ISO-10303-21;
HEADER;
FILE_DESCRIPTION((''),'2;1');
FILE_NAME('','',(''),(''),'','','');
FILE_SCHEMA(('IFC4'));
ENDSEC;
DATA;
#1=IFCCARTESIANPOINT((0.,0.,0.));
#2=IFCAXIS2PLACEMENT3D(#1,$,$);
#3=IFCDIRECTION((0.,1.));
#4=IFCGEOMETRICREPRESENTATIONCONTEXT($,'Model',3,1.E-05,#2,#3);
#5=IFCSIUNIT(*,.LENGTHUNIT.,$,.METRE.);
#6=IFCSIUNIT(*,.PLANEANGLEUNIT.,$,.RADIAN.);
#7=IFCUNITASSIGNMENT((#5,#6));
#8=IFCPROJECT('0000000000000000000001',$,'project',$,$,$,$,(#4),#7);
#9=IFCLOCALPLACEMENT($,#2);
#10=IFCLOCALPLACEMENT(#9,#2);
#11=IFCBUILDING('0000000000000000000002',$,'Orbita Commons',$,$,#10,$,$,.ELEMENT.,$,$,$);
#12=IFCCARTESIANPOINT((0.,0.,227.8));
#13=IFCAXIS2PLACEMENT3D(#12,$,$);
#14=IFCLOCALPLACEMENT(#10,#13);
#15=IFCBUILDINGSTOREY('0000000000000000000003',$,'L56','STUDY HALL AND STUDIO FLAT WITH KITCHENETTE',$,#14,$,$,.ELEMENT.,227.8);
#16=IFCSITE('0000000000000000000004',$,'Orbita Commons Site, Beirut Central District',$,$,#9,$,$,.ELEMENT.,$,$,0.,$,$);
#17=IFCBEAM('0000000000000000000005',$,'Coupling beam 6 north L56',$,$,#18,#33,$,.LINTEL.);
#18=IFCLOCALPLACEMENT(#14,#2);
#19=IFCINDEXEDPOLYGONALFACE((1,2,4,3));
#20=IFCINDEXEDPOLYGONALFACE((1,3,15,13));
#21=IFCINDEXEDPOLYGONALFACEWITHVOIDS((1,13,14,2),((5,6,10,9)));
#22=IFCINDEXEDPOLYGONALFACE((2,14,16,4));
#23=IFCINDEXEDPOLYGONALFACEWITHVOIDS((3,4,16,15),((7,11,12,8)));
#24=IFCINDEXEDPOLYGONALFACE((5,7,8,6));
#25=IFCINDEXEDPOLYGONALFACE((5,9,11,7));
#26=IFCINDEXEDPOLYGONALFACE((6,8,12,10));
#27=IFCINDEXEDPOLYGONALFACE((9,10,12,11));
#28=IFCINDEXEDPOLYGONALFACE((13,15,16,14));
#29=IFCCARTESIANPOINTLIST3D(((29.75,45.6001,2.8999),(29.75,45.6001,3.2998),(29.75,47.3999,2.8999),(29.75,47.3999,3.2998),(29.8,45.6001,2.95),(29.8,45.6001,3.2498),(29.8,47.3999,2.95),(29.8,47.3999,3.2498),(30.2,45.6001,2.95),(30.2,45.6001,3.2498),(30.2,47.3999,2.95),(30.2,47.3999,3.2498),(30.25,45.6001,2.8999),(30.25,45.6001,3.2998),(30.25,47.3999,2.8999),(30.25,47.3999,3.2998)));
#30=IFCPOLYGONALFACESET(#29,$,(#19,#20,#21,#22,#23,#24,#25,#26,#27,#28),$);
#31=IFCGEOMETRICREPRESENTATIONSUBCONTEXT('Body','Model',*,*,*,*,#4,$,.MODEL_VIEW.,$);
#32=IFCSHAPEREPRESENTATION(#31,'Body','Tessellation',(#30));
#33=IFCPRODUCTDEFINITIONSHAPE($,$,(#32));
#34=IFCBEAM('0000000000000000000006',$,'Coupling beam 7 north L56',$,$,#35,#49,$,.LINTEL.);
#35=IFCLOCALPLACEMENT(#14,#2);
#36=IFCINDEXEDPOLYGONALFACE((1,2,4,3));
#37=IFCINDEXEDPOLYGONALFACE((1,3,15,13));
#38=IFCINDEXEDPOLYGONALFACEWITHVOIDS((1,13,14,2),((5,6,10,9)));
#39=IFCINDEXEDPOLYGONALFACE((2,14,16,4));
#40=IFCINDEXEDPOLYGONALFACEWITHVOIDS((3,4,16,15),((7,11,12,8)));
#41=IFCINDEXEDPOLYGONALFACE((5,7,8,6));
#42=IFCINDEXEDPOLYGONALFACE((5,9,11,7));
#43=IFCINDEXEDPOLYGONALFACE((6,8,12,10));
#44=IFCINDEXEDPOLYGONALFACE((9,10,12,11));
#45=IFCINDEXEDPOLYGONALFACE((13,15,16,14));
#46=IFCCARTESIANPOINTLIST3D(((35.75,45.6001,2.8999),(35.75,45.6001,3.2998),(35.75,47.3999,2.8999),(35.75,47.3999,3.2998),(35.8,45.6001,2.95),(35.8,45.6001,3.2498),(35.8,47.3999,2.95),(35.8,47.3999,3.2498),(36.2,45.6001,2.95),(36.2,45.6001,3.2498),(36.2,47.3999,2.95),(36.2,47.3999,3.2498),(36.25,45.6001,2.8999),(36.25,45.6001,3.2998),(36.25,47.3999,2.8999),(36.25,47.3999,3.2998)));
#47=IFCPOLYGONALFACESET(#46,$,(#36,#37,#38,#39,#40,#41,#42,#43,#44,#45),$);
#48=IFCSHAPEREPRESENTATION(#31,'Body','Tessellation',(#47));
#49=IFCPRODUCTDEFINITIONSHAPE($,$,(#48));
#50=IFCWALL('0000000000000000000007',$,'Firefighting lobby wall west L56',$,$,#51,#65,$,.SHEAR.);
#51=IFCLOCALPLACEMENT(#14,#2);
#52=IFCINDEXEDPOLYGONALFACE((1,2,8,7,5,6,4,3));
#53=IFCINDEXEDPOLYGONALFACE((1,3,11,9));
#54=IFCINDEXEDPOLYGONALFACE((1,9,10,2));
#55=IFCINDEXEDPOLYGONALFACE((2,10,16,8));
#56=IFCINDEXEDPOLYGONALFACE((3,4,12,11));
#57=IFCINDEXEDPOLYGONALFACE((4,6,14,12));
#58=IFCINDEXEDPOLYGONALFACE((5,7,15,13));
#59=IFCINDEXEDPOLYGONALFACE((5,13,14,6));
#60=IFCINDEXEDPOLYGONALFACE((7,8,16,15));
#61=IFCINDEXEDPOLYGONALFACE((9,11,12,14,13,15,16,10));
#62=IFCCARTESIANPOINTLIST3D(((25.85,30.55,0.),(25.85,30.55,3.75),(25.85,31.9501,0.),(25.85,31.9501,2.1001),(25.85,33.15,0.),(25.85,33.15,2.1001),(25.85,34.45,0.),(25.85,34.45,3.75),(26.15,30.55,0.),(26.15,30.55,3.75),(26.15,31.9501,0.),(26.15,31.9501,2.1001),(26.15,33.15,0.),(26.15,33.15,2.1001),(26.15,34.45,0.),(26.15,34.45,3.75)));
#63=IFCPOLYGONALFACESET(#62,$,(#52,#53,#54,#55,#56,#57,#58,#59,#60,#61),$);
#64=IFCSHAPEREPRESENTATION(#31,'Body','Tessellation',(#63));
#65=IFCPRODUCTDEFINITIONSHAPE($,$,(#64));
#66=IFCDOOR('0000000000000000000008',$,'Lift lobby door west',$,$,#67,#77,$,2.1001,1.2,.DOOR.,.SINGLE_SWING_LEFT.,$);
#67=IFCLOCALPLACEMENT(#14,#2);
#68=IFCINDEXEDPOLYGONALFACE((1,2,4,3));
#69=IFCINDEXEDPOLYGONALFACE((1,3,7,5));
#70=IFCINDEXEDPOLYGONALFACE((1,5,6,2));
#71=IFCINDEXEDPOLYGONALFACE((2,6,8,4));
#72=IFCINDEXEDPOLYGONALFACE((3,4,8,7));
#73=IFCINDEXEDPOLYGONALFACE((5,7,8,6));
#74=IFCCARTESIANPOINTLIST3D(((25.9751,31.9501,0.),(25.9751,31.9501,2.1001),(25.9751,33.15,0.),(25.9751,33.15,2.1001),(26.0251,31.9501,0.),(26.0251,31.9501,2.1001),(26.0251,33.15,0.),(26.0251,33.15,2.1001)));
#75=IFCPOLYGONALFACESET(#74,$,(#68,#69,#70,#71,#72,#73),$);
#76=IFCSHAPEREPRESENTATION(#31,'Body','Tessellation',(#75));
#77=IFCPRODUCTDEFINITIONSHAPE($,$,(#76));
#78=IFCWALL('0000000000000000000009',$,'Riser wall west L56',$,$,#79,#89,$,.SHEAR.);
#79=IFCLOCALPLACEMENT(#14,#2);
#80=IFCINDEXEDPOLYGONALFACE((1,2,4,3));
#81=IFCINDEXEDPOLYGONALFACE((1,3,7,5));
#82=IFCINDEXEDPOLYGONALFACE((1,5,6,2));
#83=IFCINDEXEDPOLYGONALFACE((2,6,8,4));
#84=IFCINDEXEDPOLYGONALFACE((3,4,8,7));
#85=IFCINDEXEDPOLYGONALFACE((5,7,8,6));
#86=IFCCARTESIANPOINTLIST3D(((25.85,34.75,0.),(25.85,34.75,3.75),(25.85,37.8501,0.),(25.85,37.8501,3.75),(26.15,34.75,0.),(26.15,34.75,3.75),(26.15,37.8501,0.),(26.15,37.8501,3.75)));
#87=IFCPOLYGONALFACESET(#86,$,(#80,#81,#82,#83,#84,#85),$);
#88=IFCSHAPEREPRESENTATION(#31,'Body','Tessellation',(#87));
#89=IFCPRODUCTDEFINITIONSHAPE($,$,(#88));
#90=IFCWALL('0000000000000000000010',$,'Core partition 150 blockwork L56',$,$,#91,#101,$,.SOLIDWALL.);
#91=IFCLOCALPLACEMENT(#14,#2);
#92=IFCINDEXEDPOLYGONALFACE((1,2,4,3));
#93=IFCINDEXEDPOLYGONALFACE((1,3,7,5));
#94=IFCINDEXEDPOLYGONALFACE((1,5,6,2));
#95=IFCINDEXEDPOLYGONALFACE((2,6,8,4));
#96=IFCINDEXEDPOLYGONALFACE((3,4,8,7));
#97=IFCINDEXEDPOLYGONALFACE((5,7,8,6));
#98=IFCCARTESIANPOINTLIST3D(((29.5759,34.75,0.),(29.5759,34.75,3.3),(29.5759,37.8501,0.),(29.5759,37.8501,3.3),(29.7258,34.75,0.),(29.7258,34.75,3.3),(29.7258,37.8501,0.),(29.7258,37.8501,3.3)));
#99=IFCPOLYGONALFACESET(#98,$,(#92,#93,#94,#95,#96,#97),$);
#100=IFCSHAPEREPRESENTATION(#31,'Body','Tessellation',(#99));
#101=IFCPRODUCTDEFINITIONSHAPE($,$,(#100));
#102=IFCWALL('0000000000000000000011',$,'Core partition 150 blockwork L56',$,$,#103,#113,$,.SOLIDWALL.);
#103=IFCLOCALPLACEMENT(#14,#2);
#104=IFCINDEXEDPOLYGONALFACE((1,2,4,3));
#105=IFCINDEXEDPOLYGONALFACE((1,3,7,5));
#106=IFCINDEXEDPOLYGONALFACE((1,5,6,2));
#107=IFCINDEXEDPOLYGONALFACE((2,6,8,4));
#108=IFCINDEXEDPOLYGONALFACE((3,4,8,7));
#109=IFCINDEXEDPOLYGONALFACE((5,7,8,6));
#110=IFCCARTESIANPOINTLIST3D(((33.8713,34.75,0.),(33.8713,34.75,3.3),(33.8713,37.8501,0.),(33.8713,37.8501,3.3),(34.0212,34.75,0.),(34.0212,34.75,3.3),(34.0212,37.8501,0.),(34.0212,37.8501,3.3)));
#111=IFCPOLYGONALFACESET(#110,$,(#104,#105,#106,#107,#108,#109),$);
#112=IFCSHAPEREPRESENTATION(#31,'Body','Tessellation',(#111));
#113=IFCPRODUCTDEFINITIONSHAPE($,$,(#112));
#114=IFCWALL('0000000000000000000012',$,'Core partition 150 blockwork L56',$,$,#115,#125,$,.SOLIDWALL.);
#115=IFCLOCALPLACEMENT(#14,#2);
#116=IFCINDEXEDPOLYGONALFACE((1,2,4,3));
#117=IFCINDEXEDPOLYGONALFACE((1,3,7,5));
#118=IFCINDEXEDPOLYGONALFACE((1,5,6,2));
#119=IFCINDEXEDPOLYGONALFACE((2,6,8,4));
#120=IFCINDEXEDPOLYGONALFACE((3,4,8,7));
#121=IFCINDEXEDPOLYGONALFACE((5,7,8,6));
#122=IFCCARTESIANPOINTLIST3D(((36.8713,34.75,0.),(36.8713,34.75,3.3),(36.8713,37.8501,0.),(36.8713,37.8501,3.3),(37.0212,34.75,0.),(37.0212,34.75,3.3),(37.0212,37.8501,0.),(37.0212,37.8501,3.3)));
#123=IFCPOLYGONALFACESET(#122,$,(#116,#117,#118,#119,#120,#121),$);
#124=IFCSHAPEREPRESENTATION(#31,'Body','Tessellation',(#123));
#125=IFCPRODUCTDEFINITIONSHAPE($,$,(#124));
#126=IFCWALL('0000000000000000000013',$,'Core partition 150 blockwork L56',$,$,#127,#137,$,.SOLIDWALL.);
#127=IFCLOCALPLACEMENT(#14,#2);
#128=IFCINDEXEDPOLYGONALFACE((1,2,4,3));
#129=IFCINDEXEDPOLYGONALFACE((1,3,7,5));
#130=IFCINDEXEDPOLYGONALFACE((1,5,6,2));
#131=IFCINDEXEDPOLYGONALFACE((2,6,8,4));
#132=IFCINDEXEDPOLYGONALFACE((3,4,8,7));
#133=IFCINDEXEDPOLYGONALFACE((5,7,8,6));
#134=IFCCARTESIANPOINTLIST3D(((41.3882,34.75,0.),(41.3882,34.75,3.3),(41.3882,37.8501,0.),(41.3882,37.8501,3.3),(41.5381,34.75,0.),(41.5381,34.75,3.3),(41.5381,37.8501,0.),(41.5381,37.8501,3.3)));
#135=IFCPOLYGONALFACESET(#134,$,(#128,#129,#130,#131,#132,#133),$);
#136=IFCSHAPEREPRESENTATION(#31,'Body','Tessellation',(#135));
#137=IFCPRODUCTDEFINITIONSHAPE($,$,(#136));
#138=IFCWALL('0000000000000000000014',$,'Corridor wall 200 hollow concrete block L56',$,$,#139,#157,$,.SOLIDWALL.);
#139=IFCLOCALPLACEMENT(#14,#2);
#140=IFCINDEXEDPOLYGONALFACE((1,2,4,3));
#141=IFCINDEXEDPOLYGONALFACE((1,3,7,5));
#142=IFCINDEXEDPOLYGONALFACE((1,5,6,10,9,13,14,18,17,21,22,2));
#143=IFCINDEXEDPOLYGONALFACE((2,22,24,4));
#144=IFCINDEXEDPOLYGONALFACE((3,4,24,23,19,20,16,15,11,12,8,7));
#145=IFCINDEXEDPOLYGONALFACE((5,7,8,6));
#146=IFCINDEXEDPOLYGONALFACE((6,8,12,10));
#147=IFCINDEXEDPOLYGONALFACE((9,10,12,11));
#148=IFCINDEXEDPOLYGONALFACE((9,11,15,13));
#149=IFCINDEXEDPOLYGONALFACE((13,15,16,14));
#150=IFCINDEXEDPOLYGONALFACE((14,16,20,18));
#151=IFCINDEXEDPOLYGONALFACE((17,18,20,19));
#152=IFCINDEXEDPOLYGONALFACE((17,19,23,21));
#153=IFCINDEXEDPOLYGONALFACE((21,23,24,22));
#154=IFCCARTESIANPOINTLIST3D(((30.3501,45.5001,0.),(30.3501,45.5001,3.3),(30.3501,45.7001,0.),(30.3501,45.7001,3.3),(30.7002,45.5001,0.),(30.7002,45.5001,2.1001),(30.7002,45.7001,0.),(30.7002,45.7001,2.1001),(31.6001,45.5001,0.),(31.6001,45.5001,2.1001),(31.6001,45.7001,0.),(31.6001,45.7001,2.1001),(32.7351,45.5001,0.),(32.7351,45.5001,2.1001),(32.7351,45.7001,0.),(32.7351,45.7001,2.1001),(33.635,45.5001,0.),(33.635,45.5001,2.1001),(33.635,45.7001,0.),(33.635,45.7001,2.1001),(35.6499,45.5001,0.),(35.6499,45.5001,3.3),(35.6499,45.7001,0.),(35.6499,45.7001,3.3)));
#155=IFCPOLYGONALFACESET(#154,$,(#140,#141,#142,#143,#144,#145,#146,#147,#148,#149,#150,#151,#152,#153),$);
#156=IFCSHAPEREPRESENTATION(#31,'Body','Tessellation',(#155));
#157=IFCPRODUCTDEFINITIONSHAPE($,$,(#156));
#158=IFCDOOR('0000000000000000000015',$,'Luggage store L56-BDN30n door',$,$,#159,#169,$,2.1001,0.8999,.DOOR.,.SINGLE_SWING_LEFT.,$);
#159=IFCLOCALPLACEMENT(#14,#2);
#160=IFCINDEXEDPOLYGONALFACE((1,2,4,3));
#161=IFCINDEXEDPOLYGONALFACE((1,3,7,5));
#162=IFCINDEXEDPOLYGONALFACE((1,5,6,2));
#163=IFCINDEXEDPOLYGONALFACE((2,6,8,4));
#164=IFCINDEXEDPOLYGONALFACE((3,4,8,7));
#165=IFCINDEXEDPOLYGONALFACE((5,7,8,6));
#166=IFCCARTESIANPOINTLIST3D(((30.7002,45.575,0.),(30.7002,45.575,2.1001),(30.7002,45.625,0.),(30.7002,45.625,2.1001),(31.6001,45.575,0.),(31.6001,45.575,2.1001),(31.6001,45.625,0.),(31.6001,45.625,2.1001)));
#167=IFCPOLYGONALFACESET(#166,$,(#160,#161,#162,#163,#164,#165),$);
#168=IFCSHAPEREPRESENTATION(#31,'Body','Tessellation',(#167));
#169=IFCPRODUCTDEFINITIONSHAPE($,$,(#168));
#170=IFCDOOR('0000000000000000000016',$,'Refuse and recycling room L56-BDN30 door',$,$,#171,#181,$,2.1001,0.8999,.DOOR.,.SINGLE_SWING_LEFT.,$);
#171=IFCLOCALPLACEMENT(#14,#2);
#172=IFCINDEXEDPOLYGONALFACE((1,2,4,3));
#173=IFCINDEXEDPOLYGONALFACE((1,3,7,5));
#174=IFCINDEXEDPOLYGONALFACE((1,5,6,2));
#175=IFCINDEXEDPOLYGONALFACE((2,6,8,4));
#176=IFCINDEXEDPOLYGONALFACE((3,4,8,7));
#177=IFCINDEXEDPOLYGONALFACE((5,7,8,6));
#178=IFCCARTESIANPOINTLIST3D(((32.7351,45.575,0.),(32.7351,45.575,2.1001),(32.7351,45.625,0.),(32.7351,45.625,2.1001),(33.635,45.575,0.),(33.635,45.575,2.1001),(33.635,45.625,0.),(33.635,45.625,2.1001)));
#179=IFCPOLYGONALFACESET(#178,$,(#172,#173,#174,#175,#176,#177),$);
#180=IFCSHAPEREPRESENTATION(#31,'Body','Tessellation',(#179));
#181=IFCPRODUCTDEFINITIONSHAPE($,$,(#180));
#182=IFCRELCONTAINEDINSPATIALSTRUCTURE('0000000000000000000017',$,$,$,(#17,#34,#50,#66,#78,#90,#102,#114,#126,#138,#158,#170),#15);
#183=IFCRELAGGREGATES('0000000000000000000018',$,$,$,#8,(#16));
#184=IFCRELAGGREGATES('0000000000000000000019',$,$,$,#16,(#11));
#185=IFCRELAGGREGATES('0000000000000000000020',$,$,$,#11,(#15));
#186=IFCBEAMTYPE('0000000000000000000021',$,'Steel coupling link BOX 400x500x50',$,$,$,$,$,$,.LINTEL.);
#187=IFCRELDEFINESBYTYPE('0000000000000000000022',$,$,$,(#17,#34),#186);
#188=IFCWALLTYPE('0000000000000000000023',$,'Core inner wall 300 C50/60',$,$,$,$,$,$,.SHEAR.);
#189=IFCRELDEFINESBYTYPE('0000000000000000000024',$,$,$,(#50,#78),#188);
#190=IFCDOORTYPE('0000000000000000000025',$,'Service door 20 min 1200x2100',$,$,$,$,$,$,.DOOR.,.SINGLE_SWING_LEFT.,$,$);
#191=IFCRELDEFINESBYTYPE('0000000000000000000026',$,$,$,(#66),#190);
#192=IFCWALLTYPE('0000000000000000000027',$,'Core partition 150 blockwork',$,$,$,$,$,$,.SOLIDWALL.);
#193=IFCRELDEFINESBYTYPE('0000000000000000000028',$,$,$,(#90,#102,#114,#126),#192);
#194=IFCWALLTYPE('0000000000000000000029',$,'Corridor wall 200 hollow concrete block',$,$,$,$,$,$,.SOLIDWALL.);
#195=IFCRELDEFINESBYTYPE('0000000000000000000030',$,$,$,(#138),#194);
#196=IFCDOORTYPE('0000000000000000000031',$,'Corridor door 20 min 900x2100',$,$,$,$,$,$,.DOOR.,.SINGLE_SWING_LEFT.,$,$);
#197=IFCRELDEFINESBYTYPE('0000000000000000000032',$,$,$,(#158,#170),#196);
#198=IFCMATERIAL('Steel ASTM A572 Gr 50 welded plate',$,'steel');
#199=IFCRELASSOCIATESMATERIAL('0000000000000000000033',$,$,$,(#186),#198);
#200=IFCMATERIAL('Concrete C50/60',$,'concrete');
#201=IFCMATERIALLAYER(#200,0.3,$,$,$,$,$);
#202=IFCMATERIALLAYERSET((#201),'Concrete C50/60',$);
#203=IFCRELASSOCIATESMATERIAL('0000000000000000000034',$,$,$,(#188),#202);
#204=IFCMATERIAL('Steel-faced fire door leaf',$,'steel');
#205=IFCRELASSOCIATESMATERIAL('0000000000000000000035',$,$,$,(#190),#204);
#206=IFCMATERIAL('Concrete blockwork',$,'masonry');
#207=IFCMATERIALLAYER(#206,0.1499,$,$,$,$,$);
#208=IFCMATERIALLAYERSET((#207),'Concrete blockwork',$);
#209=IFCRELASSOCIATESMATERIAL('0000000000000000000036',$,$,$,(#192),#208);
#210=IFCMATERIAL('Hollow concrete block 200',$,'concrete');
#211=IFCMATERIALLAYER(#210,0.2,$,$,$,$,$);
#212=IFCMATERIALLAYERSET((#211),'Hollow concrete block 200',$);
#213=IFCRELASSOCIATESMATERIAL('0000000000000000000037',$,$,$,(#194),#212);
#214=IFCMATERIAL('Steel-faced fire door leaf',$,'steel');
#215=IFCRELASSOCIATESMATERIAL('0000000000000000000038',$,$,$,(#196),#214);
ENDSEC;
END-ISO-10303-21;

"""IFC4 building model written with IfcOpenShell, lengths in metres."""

from ifc_helpers import new_model, si_unit, direction, frame, frame_2d, origin, origin_2d, place, context, subcontext, project, spatial, rectangle, hollow_rectangle, extrude, material, layer, layer_set, material_profile, profile_set, type_object, element, fill, save


model = new_model("IFC4")

# Units and contexts
model_context = context("Model", 3, precision=1e-05, world=origin(), true_north=direction((0.0, 1.0)))
body_context = subcontext(model_context, "Body", "Model", "MODEL_VIEW")
ifc_project = project(units=[si_unit("LENGTHUNIT", "METRE"), si_unit("PLANEANGLEUNIT", "RADIAN")], contexts=[model_context])

# Site, building, storey
site_placement = place(None, origin())
site = spatial("IfcSite", under=ifc_project, at=site_placement, Name="Orbita Commons Site, Beirut Central District", CompositionType="ELEMENT", RefElevation=0.0)
building_placement = place(site_placement, origin())
building = spatial("IfcBuilding", under=site, at=building_placement, Name="Orbita Commons", CompositionType="ELEMENT")
storey_placement = place(building_placement, frame((0.0, 0.0, 227.8)))
storey = spatial("IfcBuildingStorey", under=building, at=storey_placement, Name="L56", Description="STUDY HALL AND STUDIO FLAT WITH KITCHENETTE", CompositionType="ELEMENT", Elevation=227.8)

# Beams
ifc_material_1 = material(Name="Steel ASTM A572 Gr 50 welded plate", Category="steel")
ifc_material_profile = material_profile(ifc_material_1, hollow_rectangle(XDim=0.5, YDim=0.3999, WallThickness=0.05, at=origin_2d()), Name="BOX 400x500x50")
ifc_profile_set = profile_set([ifc_material_profile], Name="Steel ASTM A572 Gr 50 welded plate")
beam_type = type_object("IfcBeamType", Name="Steel coupling link BOX 400x500x50", PredefinedType="LINTEL", material=ifc_profile_set)
for number, where, z_axis, x_axis, name in (
    (1, (30.0, 45.6001, 3.0999), (0.0, 1.0, 0.0), (-1.0, 0.0, 0.0), "Coupling beam 6 north L56"),
    (2, (36.0, 45.6001, 3.0999), (0.0, 1.0, 0.0), (-1.0, 0.0, 0.0), "Coupling beam 7 north L56"),
):
    element("IfcBeam", number, at=place(storey_placement, frame(where, z_axis=z_axis, x_axis=x_axis)), inside=storey, type_object=beam_type, Name=name, PredefinedType="LINTEL", context=body_context, shape_type="SweptSolid", body=[
        extrude(hollow_rectangle(XDim=0.5, YDim=0.3999, WallThickness=0.05, at=origin_2d()), origin(), (0.0, 0.0, 1.0), 1.7998),
    ])

# Wall, opening, door
ifc_material_2 = material(Name="Concrete C50/60", Category="concrete")
ifc_layer_1 = layer(ifc_material_2, 0.3)
ifc_layer_set_1 = layer_set([ifc_layer_1], Name="Concrete C50/60")
wall_type_1 = type_object("IfcWallType", Name="Core inner wall 300 C50/60", PredefinedType="SHEAR", material=ifc_layer_set_1)
wall_1_placement = place(storey_placement, frame((26.0, 30.55, 0.0), z_axis=(0.0, 0.0, 1.0), x_axis=(0.0, 1.0, 0.0)))
wall_1 = element("IfcWall", 3, at=wall_1_placement, inside=storey, type_object=wall_type_1, Name="Firefighting lobby wall west L56", PredefinedType="SHEAR", context=body_context, shape_type="SweptSolid", body=[
    extrude(rectangle(XDim=3.8999, YDim=0.3, at=frame_2d((1.95, 0.0))), origin(), (0.0, 0.0, 1.0), 3.75),
])
opening_1_placement = place(wall_1_placement, frame((1.3999, 0.0, 0.0)))
opening_1 = element("IfcOpeningElement", 4, at=opening_1_placement, cuts=wall_1, PredefinedType="OPENING", context=body_context, shape_type="SweptSolid", body=[
    extrude(rectangle(XDim=1.2, YDim=2.1001, at=frame_2d((0.6001, 1.05))), frame((0.0, 0.1599, 0.0), z_axis=(0.0, -1.0, 0.0), x_axis=(1.0, 0.0, 0.0)), (0.0, 0.0, 1.0), 0.3201),
])
ifc_material_3 = material(Name="Steel-faced fire door leaf", Category="steel")
door_type_1 = type_object("IfcDoorType", Name="Service door 20 min 1200x2100", OperationType="SINGLE_SWING_LEFT", PredefinedType="DOOR", material=ifc_material_3)
door_1_placement = place(opening_1_placement, origin())
door_1 = element("IfcDoor", 5, at=door_1_placement, inside=storey, type_object=door_type_1, Name="Lift lobby door west", OperationType="SINGLE_SWING_LEFT", OverallHeight=2.1001, OverallWidth=1.2, PredefinedType="DOOR", context=body_context, shape_type="SweptSolid", body=[
    extrude(rectangle(XDim=1.2, YDim=2.1001, at=frame_2d((0.6001, 1.05))), frame((0.0, 0.0249, 0.0), z_axis=(0.0, -1.0, 0.0), x_axis=(1.0, 0.0, 0.0)), (0.0, 0.0, 1.0), 0.05),
])
fill(opening_1, door_1)

# Walls
wall_2_placement = place(storey_placement, frame((26.0, 34.75, 0.0), z_axis=(0.0, 0.0, 1.0), x_axis=(0.0, 1.0, 0.0)))
element("IfcWall", 6, at=wall_2_placement, inside=storey, type_object=wall_type_1, Name="Riser wall west L56", PredefinedType="SHEAR", context=body_context, shape_type="SweptSolid", body=[
    extrude(rectangle(XDim=3.1001, YDim=0.3, at=frame_2d((1.55, 0.0))), origin(), (0.0, 0.0, 1.0), 3.75),
])
ifc_material_4 = material(Name="Concrete blockwork", Category="masonry")
ifc_layer_2 = layer(ifc_material_4, 0.1499)
ifc_layer_set_2 = layer_set([ifc_layer_2], Name="Concrete blockwork")
wall_type_2 = type_object("IfcWallType", Name="Core partition 150 blockwork", PredefinedType="SOLIDWALL", material=ifc_layer_set_2)
for number, where, z_axis, x_axis, name in (
    (7, (29.6509, 34.75, 0.0), (0.0, 0.0, 1.0), (0.0, 1.0, 0.0), "Core partition 150 blockwork L56"),
    (8, (33.9463, 34.75, 0.0), (0.0, 0.0, 1.0), (0.0, 1.0, 0.0), "Core partition 150 blockwork L56"),
    (9, (36.9463, 34.75, 0.0), (0.0, 0.0, 1.0), (0.0, 1.0, 0.0), "Core partition 150 blockwork L56"),
    (10, (41.4631, 34.75, 0.0), (0.0, 0.0, 1.0), (0.0, 1.0, 0.0), "Core partition 150 blockwork L56"),
):
    element("IfcWall", number, at=place(storey_placement, frame(where, z_axis=z_axis, x_axis=x_axis)), inside=storey, type_object=wall_type_2, Name=name, PredefinedType="SOLIDWALL", context=body_context, shape_type="SweptSolid", body=[
        extrude(rectangle(XDim=3.1001, YDim=0.1499, at=frame_2d((1.55, 0.0))), origin(), (0.0, 0.0, 1.0), 3.3),
    ])

# Wall, openings, doors
ifc_material_5 = material(Name="Hollow concrete block 200", Category="concrete")
ifc_layer_3 = layer(ifc_material_5, 0.2)
ifc_layer_set_3 = layer_set([ifc_layer_3], Name="Hollow concrete block 200")
wall_type_3 = type_object("IfcWallType", Name="Corridor wall 200 hollow concrete block", PredefinedType="SOLIDWALL", material=ifc_layer_set_3)
wall_3_placement = place(storey_placement, frame((30.3501, 45.6001, 0.0), z_axis=(0.0, 0.0, 1.0), x_axis=(1.0, 0.0, 0.0)))
wall_3 = element("IfcWall", 11, at=wall_3_placement, inside=storey, type_object=wall_type_3, Name="Corridor wall 200 hollow concrete block L56", PredefinedType="SOLIDWALL", context=body_context, shape_type="SweptSolid", body=[
    extrude(rectangle(XDim=5.2998, YDim=0.2, at=frame_2d((2.6499, 0.0))), origin(), (0.0, 0.0, 1.0), 3.3),
])
opening_2_placement = place(wall_3_placement, frame((0.3501, 0.0, 0.0)))
opening_2 = element("IfcOpeningElement", 12, at=opening_2_placement, cuts=wall_3, PredefinedType="OPENING", context=body_context, shape_type="SweptSolid", body=[
    extrude(rectangle(XDim=0.8999, YDim=2.1001, at=frame_2d((0.45, 1.05))), frame((0.0, 0.1099, 0.0), z_axis=(0.0, -1.0, 0.0), x_axis=(1.0, 0.0, 0.0)), (0.0, 0.0, 1.0), 0.22),
])
opening_3_placement = place(wall_3_placement, frame((2.385, 0.0, 0.0)))
opening_3 = element("IfcOpeningElement", 13, at=opening_3_placement, cuts=wall_3, PredefinedType="OPENING", context=body_context, shape_type="SweptSolid", body=[
    extrude(rectangle(XDim=0.8999, YDim=2.1001, at=frame_2d((0.45, 1.05))), frame((0.0, 0.1099, 0.0), z_axis=(0.0, -1.0, 0.0), x_axis=(1.0, 0.0, 0.0)), (0.0, 0.0, 1.0), 0.22),
])
ifc_material_6 = material(Name="Steel-faced fire door leaf", Category="steel")
door_type_2 = type_object("IfcDoorType", Name="Corridor door 20 min 900x2100", OperationType="SINGLE_SWING_LEFT", PredefinedType="DOOR", material=ifc_material_6)
door_2_placement = place(opening_2_placement, origin())
door_2 = element("IfcDoor", 14, at=door_2_placement, inside=storey, type_object=door_type_2, Name="Luggage store L56-BDN30n door", OperationType="SINGLE_SWING_LEFT", OverallHeight=2.1001, OverallWidth=0.8999, PredefinedType="DOOR", context=body_context, shape_type="SweptSolid", body=[
    extrude(rectangle(XDim=0.8999, YDim=2.1001, at=frame_2d((0.45, 1.05))), frame((0.0, 0.0249, 0.0), z_axis=(0.0, -1.0, 0.0), x_axis=(1.0, 0.0, 0.0)), (0.0, 0.0, 1.0), 0.05),
])
fill(opening_2, door_2)
door_3_placement = place(opening_3_placement, origin())
door_3 = element("IfcDoor", 15, at=door_3_placement, inside=storey, type_object=door_type_2, Name="Refuse and recycling room L56-BDN30 door", OperationType="SINGLE_SWING_LEFT", OverallHeight=2.1001, OverallWidth=0.8999, PredefinedType="DOOR", context=body_context, shape_type="SweptSolid", body=[
    extrude(rectangle(XDim=0.8999, YDim=2.1001, at=frame_2d((0.45, 1.05))), frame((0.0, 0.0249, 0.0), z_axis=(0.0, -1.0, 0.0), x_axis=(1.0, 0.0, 0.0)), (0.0, 0.0, 1.0), 0.05),
])
fill(opening_3, door_3)

save(model, "model.ifc")
